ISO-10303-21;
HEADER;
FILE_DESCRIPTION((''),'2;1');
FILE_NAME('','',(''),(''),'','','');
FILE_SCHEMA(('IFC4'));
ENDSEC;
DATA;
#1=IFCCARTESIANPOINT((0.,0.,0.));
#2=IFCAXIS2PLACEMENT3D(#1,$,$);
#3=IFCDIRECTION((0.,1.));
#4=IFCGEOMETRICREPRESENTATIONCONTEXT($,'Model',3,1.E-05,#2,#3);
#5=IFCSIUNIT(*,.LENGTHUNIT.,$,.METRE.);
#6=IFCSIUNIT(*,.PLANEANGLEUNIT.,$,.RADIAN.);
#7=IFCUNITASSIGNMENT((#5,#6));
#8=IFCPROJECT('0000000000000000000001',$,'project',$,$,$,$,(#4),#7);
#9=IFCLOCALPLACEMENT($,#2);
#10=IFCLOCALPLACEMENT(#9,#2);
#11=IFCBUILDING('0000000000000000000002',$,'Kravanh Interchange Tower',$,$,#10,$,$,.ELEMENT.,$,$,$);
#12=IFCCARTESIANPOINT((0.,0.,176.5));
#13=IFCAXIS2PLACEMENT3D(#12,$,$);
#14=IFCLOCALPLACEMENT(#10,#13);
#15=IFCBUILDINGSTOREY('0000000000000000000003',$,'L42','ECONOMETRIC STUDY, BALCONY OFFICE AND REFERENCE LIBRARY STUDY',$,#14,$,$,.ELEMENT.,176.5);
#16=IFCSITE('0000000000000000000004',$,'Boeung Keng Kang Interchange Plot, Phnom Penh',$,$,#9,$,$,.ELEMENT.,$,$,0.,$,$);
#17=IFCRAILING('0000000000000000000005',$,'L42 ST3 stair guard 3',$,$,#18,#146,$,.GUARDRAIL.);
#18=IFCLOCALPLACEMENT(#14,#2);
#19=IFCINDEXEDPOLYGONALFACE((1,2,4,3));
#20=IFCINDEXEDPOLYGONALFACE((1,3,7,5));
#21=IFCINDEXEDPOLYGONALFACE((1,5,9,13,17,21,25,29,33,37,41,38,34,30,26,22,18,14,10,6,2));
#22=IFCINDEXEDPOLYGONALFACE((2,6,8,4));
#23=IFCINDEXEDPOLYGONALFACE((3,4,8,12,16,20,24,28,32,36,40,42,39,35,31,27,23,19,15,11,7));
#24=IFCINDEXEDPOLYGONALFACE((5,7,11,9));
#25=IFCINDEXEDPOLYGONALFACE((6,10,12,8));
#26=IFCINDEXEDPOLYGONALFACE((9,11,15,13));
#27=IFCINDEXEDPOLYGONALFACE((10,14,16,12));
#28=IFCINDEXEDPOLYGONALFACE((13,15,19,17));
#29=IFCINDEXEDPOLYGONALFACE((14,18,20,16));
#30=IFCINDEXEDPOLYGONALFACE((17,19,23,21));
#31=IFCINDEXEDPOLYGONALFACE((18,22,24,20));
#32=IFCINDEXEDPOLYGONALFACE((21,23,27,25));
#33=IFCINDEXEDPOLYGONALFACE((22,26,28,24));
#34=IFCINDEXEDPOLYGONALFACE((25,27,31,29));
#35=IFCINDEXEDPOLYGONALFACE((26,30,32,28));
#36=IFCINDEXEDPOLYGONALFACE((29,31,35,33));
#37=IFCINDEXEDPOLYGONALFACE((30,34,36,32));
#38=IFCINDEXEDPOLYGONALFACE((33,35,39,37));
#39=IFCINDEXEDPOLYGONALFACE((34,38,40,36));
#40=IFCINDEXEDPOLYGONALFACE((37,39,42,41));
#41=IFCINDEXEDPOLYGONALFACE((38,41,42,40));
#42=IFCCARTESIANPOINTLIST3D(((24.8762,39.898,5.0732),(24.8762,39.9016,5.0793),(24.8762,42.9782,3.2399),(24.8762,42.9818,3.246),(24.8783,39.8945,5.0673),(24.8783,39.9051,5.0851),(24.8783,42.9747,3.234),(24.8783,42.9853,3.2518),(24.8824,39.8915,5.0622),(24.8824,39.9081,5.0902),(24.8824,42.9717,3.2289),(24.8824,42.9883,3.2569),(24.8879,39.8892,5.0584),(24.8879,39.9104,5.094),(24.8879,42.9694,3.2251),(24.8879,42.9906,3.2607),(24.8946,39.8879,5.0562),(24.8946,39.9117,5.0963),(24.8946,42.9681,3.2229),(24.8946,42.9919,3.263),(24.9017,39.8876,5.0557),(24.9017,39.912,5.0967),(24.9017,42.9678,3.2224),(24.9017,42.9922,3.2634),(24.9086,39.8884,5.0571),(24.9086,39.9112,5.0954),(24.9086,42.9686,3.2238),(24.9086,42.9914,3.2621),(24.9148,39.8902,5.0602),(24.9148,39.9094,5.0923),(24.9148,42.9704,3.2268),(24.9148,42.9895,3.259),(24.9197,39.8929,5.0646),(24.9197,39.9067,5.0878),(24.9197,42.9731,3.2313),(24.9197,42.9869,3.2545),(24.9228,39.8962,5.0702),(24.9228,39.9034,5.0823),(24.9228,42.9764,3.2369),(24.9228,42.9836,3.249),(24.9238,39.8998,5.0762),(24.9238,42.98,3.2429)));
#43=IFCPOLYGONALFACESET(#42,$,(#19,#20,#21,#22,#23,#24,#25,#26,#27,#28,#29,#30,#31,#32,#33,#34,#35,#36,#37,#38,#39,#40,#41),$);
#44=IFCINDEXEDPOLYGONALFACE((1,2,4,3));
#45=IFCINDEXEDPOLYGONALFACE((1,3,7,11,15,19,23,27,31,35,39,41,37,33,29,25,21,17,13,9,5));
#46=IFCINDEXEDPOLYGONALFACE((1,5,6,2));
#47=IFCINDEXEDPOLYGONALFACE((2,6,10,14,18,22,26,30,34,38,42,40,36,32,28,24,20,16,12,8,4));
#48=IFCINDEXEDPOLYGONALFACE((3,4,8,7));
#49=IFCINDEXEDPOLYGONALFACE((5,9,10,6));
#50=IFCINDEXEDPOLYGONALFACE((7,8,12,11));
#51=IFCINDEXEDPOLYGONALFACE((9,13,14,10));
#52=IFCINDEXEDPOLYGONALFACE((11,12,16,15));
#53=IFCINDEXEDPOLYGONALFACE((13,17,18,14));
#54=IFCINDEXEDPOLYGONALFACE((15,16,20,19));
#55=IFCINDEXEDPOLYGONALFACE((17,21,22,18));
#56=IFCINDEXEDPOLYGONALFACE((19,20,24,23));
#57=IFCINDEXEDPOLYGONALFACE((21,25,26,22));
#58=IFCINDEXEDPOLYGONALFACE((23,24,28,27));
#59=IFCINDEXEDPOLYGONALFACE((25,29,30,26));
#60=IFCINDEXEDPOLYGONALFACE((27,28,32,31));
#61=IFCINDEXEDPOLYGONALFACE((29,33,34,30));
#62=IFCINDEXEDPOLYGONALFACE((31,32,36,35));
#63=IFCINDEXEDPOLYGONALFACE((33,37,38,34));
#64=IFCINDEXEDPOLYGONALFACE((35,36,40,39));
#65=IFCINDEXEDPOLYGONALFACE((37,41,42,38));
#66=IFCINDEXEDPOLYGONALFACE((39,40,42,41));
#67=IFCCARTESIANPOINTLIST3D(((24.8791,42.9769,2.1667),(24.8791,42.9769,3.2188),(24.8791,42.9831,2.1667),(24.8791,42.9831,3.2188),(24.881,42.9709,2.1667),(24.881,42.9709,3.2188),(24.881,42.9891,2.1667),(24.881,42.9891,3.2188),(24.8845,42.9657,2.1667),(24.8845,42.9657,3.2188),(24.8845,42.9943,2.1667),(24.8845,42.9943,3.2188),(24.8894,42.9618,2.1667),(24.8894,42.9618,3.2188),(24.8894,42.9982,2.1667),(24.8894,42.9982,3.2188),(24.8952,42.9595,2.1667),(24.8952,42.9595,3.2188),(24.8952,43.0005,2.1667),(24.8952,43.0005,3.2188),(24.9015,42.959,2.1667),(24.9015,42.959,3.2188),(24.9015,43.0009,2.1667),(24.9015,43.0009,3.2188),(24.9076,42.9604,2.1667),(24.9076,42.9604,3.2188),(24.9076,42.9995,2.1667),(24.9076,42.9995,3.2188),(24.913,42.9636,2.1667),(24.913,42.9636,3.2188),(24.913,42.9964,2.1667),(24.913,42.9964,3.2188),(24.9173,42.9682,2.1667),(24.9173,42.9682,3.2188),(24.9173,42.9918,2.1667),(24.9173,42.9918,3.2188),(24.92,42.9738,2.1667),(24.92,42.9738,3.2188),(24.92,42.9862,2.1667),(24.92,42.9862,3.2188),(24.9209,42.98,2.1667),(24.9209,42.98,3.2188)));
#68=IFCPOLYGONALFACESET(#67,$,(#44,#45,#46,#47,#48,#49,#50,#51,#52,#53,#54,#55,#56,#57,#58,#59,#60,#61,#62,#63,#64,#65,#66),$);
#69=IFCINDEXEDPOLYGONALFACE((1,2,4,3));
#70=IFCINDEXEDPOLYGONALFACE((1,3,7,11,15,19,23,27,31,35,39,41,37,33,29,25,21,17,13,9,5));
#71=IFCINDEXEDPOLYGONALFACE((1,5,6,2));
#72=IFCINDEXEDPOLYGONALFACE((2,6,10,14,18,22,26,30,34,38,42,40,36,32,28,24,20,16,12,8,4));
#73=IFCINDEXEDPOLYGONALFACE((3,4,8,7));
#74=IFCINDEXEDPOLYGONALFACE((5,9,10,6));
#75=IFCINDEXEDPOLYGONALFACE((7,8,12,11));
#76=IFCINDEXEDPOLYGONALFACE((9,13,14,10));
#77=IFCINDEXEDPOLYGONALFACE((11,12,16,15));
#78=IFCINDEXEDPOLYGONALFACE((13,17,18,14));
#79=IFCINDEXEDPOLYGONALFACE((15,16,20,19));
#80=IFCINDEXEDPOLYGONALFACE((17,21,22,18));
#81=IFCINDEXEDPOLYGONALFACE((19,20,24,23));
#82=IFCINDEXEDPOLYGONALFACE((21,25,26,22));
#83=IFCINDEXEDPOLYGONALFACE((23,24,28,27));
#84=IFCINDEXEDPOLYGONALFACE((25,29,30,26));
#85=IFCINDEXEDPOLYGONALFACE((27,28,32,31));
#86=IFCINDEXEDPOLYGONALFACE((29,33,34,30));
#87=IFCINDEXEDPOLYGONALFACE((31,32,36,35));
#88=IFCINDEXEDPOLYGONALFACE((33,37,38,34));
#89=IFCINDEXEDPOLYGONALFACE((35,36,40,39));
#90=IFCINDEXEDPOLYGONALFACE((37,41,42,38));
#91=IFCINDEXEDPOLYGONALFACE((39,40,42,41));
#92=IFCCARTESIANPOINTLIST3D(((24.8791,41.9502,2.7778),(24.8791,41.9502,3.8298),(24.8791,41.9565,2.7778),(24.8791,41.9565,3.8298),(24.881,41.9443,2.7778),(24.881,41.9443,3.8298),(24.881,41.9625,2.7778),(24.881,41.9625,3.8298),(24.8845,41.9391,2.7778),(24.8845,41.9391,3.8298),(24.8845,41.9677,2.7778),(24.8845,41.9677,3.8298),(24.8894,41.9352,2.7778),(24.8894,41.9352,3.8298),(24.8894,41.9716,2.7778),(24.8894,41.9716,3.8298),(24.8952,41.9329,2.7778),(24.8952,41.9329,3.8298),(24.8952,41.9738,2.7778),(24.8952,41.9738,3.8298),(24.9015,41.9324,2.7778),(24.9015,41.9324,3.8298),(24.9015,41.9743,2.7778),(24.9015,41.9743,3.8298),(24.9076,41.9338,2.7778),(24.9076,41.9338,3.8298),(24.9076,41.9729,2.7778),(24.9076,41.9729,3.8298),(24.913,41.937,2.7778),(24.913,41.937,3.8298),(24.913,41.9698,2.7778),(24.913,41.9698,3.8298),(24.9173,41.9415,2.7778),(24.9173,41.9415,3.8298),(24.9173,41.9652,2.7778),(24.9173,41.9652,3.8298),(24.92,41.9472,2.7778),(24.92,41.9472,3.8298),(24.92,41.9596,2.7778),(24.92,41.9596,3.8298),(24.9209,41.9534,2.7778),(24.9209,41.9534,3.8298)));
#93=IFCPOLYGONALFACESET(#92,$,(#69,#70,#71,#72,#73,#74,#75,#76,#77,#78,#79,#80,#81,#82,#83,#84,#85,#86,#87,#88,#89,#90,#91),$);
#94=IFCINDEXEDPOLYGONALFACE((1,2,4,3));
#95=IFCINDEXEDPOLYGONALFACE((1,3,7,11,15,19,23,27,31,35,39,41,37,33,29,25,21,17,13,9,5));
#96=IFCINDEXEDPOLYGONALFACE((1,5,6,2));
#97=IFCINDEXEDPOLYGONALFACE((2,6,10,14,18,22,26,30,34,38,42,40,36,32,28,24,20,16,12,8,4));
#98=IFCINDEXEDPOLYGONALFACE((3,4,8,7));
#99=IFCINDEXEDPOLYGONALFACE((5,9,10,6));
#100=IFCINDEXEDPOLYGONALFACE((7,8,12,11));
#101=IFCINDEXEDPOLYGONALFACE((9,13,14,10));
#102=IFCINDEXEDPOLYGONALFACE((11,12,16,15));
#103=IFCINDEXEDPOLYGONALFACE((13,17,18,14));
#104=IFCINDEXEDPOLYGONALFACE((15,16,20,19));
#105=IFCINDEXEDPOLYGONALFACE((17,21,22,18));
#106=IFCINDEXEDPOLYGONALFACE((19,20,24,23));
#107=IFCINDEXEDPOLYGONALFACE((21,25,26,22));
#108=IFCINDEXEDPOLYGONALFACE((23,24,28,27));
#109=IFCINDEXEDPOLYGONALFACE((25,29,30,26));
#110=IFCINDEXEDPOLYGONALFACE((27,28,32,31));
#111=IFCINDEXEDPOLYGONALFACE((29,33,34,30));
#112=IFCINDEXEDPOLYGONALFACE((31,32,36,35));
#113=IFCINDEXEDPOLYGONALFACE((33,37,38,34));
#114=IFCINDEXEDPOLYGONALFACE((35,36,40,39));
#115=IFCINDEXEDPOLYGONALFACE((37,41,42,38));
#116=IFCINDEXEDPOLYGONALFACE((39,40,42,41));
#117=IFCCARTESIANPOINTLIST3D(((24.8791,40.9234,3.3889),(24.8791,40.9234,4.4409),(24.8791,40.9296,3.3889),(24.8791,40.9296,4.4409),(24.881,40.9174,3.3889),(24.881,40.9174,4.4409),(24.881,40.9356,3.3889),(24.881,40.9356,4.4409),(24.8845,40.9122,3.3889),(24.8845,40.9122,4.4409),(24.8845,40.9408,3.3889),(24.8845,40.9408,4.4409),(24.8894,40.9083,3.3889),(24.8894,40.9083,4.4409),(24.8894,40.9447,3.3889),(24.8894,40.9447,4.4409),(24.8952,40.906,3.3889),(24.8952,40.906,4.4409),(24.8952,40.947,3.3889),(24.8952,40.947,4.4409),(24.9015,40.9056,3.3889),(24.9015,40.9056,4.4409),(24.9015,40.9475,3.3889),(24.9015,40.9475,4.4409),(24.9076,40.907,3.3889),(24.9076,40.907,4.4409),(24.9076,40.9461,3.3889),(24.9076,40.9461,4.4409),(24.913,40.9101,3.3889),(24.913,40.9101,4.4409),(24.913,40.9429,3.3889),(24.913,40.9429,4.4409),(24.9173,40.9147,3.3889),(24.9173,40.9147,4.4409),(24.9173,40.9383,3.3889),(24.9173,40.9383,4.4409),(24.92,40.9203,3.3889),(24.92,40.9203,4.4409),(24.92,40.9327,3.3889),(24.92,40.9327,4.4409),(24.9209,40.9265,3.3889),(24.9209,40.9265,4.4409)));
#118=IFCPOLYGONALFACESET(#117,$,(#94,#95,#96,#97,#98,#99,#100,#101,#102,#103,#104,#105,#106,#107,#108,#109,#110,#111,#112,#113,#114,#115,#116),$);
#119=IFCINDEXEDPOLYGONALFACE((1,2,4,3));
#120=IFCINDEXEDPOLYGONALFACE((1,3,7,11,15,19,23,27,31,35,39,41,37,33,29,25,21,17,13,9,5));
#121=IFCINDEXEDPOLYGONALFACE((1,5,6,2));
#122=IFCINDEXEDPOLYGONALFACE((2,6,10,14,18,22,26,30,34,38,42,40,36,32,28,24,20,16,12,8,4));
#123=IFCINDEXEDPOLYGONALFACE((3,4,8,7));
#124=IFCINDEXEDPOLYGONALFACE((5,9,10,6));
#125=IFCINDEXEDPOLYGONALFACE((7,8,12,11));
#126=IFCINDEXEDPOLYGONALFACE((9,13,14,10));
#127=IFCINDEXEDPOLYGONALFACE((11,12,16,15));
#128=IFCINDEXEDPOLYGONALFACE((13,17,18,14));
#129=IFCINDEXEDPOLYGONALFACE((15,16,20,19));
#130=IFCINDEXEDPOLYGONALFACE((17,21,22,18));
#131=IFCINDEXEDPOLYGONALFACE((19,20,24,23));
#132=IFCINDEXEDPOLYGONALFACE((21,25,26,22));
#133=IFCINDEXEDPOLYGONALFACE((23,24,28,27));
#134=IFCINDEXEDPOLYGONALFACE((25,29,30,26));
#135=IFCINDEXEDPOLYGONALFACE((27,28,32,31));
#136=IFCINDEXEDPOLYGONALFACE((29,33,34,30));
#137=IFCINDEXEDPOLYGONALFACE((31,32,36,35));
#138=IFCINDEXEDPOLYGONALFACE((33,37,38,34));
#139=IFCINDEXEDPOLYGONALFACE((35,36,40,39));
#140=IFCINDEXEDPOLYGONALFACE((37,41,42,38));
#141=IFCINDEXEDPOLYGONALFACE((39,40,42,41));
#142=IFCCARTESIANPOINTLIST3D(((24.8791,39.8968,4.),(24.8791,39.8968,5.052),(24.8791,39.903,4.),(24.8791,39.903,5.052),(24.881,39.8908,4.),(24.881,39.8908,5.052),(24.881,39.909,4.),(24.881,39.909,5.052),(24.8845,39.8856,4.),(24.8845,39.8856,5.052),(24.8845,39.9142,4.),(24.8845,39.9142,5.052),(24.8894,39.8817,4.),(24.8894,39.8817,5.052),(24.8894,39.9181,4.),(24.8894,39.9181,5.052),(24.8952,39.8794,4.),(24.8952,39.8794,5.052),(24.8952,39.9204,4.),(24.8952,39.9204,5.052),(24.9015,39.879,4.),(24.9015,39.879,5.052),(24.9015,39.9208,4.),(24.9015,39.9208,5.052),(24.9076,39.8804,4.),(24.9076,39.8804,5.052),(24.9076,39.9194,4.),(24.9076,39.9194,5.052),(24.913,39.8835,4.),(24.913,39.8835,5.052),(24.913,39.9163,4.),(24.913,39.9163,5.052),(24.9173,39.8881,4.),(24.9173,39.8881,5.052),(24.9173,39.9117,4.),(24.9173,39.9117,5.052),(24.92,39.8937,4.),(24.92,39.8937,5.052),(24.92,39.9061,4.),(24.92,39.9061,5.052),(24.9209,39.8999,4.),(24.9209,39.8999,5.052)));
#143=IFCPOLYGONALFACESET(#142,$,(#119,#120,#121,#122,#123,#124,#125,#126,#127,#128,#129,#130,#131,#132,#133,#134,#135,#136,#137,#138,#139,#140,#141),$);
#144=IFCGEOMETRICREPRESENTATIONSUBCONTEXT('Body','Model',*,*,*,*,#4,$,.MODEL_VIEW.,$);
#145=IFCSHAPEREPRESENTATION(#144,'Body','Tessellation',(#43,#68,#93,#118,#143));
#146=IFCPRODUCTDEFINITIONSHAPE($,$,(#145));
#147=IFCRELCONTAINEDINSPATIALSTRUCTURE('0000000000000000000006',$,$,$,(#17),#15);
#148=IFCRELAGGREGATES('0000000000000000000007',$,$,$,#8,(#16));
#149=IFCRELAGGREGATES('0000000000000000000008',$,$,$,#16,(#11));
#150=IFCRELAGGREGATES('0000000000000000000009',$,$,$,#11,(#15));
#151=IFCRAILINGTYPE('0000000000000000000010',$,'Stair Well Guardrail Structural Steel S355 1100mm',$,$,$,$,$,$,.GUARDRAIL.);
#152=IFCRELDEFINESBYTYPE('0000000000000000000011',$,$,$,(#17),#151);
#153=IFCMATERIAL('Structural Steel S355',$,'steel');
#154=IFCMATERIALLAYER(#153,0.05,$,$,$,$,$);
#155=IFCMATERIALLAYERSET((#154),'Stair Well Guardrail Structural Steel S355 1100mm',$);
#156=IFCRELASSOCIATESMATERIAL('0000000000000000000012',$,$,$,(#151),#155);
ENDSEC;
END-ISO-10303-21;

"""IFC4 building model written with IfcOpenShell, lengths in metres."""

from ifc_helpers import new_model, si_unit, direction, frame, origin, origin_2d, place, context, subcontext, project, spatial, circle, extrude, material, layer, layer_set, type_object, element, save


model = new_model("IFC4")

# Units and contexts
model_context = context("Model", 3, precision=1e-05, world=origin(), true_north=direction((0.0, 1.0)))
body_context = subcontext(model_context, "Body", "Model", "MODEL_VIEW")
ifc_project = project(units=[si_unit("LENGTHUNIT", "METRE"), si_unit("PLANEANGLEUNIT", "RADIAN")], contexts=[model_context])

# Site, building, storey
site_placement = place(None, origin())
site = spatial("IfcSite", under=ifc_project, at=site_placement, Name="Boeung Keng Kang Interchange Plot, Phnom Penh", CompositionType="ELEMENT", RefElevation=0.0)
building_placement = place(site_placement, origin())
building = spatial("IfcBuilding", under=site, at=building_placement, Name="Kravanh Interchange Tower", CompositionType="ELEMENT")
storey_placement = place(building_placement, frame((0.0, 0.0, 176.5)))
storey = spatial("IfcBuildingStorey", under=building, at=storey_placement, Name="L42", Description="ECONOMETRIC STUDY, BALCONY OFFICE AND REFERENCE LIBRARY STUDY", CompositionType="ELEMENT", Elevation=176.5)

# Railing
ifc_material_1 = material(Name="Structural Steel S355", Category="steel")
ifc_layer_1 = layer(ifc_material_1, 0.05)
ifc_layer_set_1 = layer_set([ifc_layer_1], Name="Stair Well Guardrail Structural Steel S355 1100mm")
railing_type_1 = type_object("IfcRailingType", Name="Stair Well Guardrail Structural Steel S355 1100mm", PredefinedType="GUARDRAIL", material=ifc_layer_set_1)
railing_1_placement = place(storey_placement, frame((24.8999, 42.98, 2.1667)))
element("IfcRailing", 1, at=railing_1_placement, inside=storey, type_object=railing_type_1, Name="L42 ST3 stair guard 3", PredefinedType="GUARDRAIL", context=body_context, shape_type="SweptSolid", body=[
    extrude(circle(Radius=0.0239, at=origin_2d()), frame((0.0, 0.0, 1.0762), z_axis=(0.0, -0.859309, 0.511458), x_axis=(1.0, 0.0, 0.0)), (0.0, 0.0, 1.0), 3.5845),
    extrude(circle(Radius=0.021, at=origin_2d()), origin(), (0.0, 0.0, 1.0), 1.052),
    extrude(circle(Radius=0.021, at=origin_2d()), frame((0.0, -1.0266, 0.6111)), (0.0, 0.0, 1.0), 1.052),
    extrude(circle(Radius=0.021, at=origin_2d()), frame((0.0, -2.0535, 1.2222)), (0.0, 0.0, 1.0), 1.052),
    extrude(circle(Radius=0.021, at=origin_2d()), frame((0.0, -3.0801, 1.8333)), (0.0, 0.0, 1.0), 1.052),
])

save(model, "model.ifc")
